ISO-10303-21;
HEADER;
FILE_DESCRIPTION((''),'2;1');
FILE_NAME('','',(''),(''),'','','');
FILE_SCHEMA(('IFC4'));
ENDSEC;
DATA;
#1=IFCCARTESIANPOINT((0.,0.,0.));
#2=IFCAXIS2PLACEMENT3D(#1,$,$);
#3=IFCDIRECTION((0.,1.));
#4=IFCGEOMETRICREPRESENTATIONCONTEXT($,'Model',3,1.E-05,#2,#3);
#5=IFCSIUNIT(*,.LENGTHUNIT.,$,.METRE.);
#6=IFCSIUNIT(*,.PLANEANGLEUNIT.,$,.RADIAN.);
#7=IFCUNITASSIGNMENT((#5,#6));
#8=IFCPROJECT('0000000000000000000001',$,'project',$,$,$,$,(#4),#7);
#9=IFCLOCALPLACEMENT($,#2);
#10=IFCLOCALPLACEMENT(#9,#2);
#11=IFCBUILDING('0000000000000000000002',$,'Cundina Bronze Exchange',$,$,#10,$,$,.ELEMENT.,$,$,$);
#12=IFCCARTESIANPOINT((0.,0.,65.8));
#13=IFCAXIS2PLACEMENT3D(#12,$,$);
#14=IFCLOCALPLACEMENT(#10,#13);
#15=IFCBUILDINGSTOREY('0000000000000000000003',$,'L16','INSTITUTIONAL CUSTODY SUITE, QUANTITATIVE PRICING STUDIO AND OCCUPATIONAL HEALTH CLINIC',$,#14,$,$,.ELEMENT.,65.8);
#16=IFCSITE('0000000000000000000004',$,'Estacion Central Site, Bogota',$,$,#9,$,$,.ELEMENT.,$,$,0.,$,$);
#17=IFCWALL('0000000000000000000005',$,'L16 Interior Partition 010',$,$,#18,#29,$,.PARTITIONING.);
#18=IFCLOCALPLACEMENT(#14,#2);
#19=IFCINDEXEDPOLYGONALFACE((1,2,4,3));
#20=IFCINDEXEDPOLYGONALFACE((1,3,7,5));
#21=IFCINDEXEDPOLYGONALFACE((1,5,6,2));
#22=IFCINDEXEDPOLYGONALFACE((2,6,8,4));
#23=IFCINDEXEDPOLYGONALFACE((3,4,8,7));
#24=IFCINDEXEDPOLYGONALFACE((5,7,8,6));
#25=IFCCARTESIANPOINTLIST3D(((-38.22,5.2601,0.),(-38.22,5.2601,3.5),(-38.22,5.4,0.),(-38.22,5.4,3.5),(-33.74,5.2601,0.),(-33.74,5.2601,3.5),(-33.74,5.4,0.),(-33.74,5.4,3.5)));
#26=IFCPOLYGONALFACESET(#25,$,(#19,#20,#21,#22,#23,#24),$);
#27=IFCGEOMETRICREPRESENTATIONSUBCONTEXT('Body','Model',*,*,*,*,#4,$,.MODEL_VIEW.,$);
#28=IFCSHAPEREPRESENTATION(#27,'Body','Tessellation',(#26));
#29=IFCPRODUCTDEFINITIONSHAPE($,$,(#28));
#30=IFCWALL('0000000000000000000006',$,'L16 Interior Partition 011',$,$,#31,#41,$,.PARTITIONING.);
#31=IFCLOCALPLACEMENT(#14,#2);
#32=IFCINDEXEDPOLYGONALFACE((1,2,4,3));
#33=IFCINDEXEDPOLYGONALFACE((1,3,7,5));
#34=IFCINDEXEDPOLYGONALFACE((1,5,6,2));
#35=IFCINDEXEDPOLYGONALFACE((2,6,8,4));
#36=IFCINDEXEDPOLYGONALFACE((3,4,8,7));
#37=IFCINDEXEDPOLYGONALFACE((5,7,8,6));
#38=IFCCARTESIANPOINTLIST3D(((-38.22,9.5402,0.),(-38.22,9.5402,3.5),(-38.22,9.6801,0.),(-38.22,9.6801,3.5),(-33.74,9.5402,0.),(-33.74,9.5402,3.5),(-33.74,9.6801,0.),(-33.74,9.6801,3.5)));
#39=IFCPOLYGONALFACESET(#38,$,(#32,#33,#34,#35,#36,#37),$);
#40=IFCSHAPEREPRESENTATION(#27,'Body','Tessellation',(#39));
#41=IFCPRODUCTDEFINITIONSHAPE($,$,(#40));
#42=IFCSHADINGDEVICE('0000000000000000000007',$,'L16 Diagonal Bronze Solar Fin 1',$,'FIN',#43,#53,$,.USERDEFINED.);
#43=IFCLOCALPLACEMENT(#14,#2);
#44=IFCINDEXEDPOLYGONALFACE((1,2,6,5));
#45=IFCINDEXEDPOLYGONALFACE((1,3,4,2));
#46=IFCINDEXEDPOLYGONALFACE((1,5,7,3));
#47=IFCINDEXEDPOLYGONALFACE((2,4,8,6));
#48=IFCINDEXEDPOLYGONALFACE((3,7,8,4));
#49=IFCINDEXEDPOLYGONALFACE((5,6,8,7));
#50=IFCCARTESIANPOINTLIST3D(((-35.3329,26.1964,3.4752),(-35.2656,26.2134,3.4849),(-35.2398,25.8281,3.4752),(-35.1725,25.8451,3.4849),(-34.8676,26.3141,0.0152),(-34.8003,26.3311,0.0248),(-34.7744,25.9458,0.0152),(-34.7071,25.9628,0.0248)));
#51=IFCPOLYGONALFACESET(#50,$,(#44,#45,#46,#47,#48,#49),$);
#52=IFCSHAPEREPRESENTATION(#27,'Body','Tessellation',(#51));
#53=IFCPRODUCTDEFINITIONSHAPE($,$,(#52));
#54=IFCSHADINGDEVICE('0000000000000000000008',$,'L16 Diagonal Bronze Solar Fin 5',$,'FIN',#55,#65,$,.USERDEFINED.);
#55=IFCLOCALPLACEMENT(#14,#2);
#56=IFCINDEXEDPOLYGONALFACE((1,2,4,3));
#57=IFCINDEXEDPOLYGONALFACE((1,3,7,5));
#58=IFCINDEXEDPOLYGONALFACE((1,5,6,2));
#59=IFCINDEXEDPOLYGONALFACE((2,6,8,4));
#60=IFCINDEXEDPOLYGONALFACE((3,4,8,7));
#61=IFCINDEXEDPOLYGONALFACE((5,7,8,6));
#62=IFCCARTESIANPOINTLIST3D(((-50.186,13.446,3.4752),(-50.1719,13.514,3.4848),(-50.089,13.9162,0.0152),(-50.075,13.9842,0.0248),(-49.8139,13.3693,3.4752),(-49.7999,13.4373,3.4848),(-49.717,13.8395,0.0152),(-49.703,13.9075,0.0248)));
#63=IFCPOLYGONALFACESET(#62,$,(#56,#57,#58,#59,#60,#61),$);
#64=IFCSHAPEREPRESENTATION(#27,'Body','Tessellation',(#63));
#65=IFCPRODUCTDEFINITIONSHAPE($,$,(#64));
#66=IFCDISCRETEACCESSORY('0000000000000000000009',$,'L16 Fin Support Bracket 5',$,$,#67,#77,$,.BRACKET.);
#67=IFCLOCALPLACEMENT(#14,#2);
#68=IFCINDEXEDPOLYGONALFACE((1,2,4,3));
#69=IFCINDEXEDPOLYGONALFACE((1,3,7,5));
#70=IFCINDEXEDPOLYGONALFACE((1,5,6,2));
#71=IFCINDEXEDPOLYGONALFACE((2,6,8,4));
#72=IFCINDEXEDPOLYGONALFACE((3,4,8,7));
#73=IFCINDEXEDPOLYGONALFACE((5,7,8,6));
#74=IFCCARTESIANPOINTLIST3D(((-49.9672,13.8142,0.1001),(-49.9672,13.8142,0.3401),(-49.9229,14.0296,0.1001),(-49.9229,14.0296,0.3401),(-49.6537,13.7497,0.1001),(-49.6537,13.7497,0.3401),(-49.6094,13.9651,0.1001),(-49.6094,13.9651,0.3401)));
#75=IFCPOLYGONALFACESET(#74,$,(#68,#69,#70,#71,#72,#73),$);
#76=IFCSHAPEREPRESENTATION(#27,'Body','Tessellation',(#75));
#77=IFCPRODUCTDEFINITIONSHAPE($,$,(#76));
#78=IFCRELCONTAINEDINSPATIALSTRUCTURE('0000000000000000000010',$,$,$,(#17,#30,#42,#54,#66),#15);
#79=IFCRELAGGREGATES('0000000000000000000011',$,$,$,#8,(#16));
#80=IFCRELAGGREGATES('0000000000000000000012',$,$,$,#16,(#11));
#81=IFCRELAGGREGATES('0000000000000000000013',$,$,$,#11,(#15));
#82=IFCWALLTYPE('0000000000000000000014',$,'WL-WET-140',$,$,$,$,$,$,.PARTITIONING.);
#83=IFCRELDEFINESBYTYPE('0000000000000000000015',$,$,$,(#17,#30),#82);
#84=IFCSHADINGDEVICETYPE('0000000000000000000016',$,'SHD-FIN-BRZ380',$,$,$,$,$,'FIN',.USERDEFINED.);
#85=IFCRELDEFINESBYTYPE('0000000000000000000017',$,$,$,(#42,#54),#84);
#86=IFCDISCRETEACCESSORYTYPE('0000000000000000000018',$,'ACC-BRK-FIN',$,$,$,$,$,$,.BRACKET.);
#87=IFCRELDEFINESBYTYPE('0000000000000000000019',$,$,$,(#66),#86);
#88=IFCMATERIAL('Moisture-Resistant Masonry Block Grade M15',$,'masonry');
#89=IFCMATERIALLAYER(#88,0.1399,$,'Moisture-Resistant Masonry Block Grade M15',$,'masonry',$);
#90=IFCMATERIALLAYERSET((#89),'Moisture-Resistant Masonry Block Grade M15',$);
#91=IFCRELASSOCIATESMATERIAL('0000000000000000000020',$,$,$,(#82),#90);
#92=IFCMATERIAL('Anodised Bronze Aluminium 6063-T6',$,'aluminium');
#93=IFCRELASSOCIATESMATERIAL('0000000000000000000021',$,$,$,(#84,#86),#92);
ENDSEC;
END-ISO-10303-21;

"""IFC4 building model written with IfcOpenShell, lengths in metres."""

from ifc_helpers import new_model, si_unit, direction, frame, frame_2d, origin, origin_2d, place, context, subcontext, project, spatial, rectangle, extrude, material, layer, layer_set, material_profile, profile_set, type_object, element, save


model = new_model("IFC4")

# Units and contexts
model_context = context("Model", 3, precision=1e-05, world=origin(), true_north=direction((0.0, 1.0)))
body_context = subcontext(model_context, "Body", "Model", "MODEL_VIEW")
ifc_project = project(units=[si_unit("LENGTHUNIT", "METRE"), si_unit("PLANEANGLEUNIT", "RADIAN")], contexts=[model_context])

# Site, building, storey
site_placement = place(None, origin())
site = spatial("IfcSite", under=ifc_project, at=site_placement, Name="Estacion Central Site, Bogota", CompositionType="ELEMENT", RefElevation=0.0)
building_placement = place(site_placement, origin())
building = spatial("IfcBuilding", under=site, at=building_placement, Name="Cundina Bronze Exchange", CompositionType="ELEMENT")
storey_placement = place(building_placement, frame((0.0, 0.0, 65.8)))
storey = spatial("IfcBuildingStorey", under=building, at=storey_placement, Name="L16", Description="INSTITUTIONAL CUSTODY SUITE, QUANTITATIVE PRICING STUDIO AND OCCUPATIONAL HEALTH CLINIC", CompositionType="ELEMENT", Elevation=65.8)

# Shared definitions
ifc_material_1 = material(Name="Anodised Bronze Aluminium 6063-T6", Category="aluminium")

# Walls
ifc_material_2 = material(Name="Moisture-Resistant Masonry Block Grade M15", Category="masonry")
ifc_layer_1 = layer(ifc_material_2, 0.1399, Name="Moisture-Resistant Masonry Block Grade M15", Category="masonry")
ifc_layer_set_1 = layer_set([ifc_layer_1], Name="Moisture-Resistant Masonry Block Grade M15")
wall_type_1 = type_object("IfcWallType", Name="WL-WET-140", PredefinedType="PARTITIONING", material=ifc_layer_set_1)
for number, where, z_axis, x_axis, name in (
    (1, (-38.22, 5.3301, 0.0), (0.0, 0.0, 1.0), (1.0, 0.0, 0.0), "L16 Interior Partition 010"),
    (2, (-38.22, 9.6101, 0.0), (0.0, 0.0, 1.0), (1.0, 0.0, 0.0), "L16 Interior Partition 011"),
):
    element("IfcWall", number, at=place(storey_placement, frame(where, z_axis=z_axis, x_axis=x_axis)), inside=storey, type_object=wall_type_1, Name=name, PredefinedType="PARTITIONING", context=body_context, shape_type="SweptSolid", body=[
        extrude(rectangle(XDim=4.48, YDim=0.1399, at=frame_2d((2.24, 0.0))), origin(), (0.0, 0.0, 1.0), 3.5),
    ])

# Shading devices
ifc_material_profile_1 = material_profile(ifc_material_1, rectangle(XDim=0.0701, YDim=0.3799, at=origin_2d()), Name="FIN70X380", Category="aluminium")
ifc_profile_set_1 = profile_set([ifc_material_profile_1], Name="Anodised Bronze Aluminium 6063-T6")
shading_device_type = type_object("IfcShadingDeviceType", Name="SHD-FIN-BRZ380", ElementType="FIN", PredefinedType="USERDEFINED", material=ifc_profile_set_1)
for number, where, z_axis, x_axis, name in (
    (3, (-34.7874, 26.1384, 0.02), (-0.133215, -0.033688, 0.990514), (0.960285, 0.242842, 0.137408), "L16 Diagonal Bronze Solar Fin 1"),
    (4, (-49.896, 13.9119, 0.02), (-0.027747, -0.134612, 0.99051), (0.199967, 0.970115, 0.137442), "L16 Diagonal Bronze Solar Fin 5"),
):
    element("IfcShadingDevice", number, at=place(storey_placement, frame(where, z_axis=z_axis, x_axis=x_axis)), inside=storey, type_object=shading_device_type, Name=name, ObjectType="FIN", PredefinedType="USERDEFINED", context=body_context, shape_type="SweptSolid", body=[
        extrude(rectangle(XDim=0.0701, YDim=0.3799, at=origin_2d()), origin(), (0.0, 0.0, 1.0), 3.4932),
    ])

# Discrete accessory
discrete_accessory_type = type_object("IfcDiscreteAccessoryType", Name="ACC-BRK-FIN", PredefinedType="BRACKET", material=ifc_material_1)
discrete_accessory_placement = place(storey_placement, frame((-49.7883, 13.8896, 0.1001), z_axis=(0.0, 0.0, 1.0), x_axis=(-0.20142, -0.979505, 0.0)))
element("IfcDiscreteAccessory", 5, at=discrete_accessory_placement, inside=storey, type_object=discrete_accessory_type, Name="L16 Fin Support Bracket 5", PredefinedType="BRACKET", context=body_context, shape_type="SweptSolid", body=[
    extrude(rectangle(XDim=0.22, YDim=0.3201, at=origin_2d()), origin(), (0.0, 0.0, 1.0), 0.24),
])

save(model, "model.ifc")
